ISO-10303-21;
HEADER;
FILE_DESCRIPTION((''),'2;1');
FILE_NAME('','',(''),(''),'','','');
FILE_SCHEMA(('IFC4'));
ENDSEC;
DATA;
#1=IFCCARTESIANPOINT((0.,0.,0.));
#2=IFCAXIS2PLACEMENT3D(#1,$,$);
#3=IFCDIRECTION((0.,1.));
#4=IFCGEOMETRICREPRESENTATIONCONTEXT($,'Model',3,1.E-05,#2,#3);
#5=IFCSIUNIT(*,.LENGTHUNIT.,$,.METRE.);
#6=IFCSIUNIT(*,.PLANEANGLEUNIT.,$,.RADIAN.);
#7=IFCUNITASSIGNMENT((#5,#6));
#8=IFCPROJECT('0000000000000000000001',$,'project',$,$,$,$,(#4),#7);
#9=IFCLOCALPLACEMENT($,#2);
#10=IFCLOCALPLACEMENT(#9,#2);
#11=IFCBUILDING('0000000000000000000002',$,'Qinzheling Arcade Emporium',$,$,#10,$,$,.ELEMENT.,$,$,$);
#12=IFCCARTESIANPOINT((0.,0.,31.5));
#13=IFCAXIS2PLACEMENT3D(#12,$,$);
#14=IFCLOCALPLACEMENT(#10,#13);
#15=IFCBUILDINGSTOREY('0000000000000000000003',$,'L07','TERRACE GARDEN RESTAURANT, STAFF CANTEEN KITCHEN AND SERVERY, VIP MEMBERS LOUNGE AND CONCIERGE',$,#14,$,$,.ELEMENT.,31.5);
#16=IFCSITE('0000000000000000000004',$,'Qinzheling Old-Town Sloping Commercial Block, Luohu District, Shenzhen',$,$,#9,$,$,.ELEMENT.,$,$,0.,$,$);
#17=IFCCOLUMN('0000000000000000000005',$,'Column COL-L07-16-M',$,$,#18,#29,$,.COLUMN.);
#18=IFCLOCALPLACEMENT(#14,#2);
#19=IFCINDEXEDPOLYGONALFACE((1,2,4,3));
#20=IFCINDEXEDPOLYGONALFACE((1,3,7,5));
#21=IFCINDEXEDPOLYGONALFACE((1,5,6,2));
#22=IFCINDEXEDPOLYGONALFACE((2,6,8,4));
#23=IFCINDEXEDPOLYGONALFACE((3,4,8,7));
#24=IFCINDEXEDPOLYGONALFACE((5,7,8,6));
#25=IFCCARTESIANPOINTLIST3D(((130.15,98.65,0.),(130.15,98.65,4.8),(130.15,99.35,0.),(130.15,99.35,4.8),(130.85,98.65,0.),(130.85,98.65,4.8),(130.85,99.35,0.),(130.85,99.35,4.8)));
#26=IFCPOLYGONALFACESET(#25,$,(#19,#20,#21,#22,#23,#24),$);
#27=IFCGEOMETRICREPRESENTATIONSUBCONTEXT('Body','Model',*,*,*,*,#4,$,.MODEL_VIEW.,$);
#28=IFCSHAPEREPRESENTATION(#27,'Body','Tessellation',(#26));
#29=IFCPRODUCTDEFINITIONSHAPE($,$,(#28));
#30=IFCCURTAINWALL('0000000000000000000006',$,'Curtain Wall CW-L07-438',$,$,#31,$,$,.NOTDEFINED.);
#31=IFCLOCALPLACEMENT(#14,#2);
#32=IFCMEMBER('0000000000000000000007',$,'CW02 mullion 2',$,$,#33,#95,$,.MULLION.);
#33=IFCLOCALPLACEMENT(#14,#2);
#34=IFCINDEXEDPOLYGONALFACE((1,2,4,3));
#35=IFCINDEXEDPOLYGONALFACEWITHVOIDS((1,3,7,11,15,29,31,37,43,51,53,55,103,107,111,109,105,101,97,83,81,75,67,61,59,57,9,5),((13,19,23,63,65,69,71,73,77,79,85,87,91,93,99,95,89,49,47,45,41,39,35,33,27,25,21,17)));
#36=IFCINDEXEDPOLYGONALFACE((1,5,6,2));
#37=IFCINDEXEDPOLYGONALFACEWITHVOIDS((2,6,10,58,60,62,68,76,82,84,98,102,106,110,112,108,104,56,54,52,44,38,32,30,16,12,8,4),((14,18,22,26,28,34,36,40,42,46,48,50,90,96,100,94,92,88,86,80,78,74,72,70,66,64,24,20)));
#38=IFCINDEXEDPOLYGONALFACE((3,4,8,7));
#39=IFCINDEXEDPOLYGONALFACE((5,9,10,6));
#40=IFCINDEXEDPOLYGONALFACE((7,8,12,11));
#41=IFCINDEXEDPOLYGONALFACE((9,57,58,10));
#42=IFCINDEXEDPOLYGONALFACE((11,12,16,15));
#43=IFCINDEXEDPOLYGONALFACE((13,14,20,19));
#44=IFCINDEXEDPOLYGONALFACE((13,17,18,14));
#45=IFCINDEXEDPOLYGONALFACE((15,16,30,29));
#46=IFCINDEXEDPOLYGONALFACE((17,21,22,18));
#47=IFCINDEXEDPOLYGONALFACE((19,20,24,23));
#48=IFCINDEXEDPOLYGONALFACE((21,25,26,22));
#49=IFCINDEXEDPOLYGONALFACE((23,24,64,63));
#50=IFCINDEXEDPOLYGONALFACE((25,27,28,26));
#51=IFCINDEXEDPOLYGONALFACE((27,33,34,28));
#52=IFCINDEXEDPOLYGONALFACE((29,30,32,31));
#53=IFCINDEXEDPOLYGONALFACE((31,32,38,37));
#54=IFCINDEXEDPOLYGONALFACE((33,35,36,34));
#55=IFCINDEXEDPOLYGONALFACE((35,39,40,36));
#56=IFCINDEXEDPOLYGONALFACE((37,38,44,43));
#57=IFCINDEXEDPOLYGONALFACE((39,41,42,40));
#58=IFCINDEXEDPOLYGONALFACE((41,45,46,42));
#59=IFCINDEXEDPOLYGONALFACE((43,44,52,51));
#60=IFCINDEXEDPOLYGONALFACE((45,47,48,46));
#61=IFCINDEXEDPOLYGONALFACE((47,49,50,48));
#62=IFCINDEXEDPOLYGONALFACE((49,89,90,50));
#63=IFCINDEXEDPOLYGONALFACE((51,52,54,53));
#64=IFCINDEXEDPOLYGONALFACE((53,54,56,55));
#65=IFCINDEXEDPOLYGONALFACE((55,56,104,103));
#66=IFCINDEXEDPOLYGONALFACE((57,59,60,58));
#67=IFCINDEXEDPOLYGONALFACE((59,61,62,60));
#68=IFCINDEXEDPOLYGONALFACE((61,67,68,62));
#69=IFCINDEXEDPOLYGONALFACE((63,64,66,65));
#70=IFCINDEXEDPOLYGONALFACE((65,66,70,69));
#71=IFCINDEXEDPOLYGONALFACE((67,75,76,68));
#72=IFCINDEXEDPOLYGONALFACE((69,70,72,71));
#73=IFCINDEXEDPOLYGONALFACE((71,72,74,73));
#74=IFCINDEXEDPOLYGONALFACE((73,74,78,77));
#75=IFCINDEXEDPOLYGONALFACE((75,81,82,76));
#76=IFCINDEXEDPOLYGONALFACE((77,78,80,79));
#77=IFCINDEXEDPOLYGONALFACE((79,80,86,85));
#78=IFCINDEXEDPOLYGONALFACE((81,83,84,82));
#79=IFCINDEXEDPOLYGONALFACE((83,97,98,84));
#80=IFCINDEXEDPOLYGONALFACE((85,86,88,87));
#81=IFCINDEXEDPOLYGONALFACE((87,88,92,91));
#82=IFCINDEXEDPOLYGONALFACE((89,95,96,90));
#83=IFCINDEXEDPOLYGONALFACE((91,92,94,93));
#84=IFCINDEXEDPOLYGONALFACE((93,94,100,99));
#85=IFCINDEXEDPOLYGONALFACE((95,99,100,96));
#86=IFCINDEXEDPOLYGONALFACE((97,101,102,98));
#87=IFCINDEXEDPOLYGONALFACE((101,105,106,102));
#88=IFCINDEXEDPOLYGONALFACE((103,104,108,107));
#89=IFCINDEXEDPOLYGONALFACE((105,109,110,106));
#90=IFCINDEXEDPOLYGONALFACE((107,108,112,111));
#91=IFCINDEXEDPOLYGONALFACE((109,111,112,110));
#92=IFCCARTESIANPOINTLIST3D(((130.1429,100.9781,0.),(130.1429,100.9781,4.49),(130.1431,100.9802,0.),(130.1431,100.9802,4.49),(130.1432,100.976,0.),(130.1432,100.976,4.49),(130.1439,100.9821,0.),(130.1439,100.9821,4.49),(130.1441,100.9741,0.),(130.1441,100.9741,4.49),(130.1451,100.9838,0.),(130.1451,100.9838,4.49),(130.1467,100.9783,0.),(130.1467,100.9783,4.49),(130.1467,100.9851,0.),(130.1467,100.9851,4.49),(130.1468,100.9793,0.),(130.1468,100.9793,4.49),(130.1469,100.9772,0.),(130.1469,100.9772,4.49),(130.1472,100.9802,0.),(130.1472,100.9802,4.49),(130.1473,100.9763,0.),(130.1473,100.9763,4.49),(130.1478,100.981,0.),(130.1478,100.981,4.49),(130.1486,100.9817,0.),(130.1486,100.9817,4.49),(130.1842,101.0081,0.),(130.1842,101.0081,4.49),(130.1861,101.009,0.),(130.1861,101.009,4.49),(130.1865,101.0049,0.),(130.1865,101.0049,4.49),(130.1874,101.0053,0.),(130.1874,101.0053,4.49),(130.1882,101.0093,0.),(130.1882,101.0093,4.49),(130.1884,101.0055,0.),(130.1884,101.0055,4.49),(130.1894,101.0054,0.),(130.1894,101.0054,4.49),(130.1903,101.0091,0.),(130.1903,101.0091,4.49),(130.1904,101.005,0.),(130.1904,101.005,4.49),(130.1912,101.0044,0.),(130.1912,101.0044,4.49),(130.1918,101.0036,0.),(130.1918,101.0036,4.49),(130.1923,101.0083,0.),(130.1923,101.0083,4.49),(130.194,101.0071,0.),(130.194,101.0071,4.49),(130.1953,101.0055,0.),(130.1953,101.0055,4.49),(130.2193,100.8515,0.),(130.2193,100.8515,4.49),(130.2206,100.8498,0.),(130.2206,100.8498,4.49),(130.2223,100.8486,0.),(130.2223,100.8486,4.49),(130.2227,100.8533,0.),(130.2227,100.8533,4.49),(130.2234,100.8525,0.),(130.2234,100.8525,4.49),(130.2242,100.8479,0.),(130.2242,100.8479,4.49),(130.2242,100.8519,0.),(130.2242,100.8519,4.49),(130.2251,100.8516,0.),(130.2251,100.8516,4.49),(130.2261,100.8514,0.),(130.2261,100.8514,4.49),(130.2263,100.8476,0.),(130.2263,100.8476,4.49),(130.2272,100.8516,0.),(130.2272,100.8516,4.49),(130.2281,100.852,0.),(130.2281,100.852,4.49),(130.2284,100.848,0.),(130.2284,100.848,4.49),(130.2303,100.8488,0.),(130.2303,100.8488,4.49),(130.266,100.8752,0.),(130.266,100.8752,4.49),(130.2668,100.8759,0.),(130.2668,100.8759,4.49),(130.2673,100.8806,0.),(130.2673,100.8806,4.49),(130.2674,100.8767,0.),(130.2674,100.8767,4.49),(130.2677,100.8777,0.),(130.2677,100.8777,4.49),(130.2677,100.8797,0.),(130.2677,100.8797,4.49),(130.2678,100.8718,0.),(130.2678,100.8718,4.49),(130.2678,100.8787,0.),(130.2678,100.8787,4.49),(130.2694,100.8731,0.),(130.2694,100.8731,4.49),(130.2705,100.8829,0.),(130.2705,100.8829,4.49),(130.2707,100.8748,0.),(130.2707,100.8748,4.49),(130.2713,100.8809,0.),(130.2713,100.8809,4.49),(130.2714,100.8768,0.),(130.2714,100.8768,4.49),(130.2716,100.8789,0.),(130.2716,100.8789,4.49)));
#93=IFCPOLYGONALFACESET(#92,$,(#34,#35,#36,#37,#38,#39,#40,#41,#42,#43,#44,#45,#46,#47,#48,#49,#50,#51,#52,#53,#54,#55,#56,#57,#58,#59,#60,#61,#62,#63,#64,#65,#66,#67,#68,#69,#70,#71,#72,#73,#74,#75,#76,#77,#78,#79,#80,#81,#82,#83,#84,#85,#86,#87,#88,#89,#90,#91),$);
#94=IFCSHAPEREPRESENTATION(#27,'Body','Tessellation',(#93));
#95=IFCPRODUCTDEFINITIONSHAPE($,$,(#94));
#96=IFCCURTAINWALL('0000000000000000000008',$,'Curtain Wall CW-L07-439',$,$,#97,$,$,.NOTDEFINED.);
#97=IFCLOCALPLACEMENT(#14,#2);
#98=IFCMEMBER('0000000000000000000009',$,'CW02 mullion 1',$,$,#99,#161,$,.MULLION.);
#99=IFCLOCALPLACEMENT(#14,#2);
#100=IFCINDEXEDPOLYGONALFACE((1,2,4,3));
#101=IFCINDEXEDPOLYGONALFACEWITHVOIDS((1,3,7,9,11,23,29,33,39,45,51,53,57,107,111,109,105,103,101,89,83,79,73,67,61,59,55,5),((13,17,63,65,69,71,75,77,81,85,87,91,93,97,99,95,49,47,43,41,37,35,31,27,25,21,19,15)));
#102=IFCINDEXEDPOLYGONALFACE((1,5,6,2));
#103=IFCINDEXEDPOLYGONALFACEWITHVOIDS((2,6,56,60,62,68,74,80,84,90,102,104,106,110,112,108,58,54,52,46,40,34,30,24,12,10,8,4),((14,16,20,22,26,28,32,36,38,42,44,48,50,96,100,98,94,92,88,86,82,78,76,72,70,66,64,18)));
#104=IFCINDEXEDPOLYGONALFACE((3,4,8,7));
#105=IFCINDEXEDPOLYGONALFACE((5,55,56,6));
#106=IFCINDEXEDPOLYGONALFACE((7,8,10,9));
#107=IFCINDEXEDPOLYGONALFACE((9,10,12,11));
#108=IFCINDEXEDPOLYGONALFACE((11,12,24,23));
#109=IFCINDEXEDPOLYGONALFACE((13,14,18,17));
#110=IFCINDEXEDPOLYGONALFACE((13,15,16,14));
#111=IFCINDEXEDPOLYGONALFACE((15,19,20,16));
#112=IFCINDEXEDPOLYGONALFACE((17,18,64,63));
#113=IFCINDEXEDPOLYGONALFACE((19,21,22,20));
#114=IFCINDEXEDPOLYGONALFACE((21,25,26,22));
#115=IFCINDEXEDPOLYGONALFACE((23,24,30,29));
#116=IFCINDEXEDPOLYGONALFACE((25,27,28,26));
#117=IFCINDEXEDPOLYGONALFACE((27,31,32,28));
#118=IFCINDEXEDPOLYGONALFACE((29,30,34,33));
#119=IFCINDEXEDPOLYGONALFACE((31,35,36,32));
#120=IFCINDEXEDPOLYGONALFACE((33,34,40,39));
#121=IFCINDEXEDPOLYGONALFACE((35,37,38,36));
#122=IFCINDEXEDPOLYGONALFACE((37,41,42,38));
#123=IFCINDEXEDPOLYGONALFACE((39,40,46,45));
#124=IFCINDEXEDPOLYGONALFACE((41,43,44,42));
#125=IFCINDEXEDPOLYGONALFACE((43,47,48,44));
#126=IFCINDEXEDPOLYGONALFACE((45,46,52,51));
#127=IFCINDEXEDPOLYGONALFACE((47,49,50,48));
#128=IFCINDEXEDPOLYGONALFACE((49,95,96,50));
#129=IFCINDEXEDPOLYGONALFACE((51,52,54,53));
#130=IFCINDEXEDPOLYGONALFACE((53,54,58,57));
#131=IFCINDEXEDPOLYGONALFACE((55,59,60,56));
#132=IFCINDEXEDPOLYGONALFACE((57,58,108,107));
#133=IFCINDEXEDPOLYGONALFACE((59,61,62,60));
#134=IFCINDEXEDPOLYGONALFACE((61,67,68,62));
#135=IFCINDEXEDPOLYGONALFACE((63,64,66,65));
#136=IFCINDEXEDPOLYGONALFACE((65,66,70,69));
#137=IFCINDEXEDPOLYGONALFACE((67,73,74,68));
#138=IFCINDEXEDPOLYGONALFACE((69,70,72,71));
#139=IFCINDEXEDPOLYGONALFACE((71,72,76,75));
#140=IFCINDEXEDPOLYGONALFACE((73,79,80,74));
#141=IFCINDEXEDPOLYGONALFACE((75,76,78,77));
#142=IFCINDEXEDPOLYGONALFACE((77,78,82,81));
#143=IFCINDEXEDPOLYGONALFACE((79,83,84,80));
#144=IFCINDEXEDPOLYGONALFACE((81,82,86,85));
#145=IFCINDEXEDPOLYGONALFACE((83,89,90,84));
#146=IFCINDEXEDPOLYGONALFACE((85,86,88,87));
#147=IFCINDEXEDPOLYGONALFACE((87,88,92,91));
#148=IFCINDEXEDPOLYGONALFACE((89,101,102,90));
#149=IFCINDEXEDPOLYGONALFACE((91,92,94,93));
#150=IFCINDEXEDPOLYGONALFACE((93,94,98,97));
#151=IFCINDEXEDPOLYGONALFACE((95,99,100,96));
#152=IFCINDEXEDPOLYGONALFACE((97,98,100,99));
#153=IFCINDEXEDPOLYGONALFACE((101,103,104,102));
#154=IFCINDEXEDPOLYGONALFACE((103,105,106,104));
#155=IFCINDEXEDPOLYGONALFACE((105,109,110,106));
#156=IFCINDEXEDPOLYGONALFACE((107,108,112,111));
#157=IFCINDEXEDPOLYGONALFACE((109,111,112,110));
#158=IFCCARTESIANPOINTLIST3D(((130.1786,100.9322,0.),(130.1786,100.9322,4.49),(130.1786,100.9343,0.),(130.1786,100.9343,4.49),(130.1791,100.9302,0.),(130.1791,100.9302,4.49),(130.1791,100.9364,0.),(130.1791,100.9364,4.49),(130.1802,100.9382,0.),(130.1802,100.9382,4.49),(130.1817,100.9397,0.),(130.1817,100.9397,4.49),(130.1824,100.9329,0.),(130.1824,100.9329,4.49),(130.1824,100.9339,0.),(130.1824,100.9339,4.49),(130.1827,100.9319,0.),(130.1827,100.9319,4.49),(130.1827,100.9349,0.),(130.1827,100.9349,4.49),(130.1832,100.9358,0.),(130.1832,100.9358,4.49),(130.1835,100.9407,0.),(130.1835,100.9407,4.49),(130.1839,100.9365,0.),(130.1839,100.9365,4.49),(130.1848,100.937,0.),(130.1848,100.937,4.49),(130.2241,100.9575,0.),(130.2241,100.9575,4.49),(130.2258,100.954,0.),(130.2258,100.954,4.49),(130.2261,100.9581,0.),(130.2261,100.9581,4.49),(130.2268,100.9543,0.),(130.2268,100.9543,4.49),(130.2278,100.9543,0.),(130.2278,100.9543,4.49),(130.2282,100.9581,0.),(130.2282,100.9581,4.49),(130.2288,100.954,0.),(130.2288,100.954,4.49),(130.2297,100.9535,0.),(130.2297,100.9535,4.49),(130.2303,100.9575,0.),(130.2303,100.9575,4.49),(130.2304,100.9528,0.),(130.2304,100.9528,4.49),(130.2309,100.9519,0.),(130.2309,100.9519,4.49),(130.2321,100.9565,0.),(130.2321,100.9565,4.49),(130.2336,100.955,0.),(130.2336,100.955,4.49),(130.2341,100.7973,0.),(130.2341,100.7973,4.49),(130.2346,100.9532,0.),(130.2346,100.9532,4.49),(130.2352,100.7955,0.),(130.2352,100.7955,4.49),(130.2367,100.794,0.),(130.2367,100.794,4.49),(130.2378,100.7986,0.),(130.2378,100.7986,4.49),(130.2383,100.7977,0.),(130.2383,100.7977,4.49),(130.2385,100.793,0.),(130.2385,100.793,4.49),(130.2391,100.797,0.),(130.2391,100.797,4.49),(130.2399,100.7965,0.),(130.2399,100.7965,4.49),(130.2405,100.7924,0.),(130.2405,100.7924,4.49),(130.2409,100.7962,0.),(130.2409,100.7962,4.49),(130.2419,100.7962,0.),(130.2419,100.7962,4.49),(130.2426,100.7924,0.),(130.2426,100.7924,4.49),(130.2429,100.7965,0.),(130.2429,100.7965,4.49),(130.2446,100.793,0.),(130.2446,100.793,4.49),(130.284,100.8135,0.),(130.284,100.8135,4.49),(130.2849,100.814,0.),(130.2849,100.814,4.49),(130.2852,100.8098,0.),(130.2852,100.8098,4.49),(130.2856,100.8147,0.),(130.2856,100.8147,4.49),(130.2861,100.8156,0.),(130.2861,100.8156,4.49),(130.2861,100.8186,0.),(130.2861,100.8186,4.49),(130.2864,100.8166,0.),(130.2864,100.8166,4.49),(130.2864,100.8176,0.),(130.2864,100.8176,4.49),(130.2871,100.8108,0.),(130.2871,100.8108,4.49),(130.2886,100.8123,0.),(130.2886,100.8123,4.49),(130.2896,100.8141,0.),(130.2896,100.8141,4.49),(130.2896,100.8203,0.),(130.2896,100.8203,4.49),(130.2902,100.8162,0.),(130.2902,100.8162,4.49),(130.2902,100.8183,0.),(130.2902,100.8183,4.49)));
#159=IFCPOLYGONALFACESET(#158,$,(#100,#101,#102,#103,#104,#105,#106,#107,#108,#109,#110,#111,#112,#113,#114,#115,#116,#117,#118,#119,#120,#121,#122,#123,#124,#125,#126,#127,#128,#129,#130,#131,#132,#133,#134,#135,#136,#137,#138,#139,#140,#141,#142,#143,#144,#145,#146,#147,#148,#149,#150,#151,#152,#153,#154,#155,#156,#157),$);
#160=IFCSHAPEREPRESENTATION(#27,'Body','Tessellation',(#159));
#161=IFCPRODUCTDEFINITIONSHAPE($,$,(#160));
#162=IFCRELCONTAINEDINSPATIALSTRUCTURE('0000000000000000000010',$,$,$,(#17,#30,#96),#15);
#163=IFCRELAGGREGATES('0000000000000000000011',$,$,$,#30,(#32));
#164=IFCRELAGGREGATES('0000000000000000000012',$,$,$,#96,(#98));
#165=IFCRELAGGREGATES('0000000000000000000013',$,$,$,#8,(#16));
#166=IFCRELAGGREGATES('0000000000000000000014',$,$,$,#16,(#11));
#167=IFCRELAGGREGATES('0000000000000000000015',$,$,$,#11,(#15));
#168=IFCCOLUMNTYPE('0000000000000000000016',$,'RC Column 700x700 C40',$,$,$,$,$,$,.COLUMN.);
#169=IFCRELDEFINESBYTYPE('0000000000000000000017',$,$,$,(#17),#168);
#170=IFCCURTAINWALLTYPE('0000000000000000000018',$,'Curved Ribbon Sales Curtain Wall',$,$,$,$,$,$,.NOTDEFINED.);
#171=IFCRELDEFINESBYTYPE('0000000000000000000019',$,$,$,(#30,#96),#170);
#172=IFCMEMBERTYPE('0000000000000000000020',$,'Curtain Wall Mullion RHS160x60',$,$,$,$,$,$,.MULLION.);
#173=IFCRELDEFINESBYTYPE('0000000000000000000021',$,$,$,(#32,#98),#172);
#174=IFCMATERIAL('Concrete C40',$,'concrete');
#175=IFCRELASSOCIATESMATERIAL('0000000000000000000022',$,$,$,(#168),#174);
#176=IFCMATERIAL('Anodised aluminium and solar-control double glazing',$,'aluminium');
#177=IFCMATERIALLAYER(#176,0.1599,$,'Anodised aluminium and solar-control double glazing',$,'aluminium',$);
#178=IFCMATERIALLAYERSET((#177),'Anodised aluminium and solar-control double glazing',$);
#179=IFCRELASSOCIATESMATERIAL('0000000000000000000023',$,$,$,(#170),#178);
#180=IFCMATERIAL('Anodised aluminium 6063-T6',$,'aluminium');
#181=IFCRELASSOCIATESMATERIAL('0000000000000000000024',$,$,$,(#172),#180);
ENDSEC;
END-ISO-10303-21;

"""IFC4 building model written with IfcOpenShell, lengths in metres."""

from ifc_helpers import new_model, si_unit, direction, frame, origin, origin_2d, place, context, subcontext, project, spatial, rectangle, hollow_rectangle, extrude, material, layer, layer_set, material_profile, profile_set, type_object, element, aggregate, save


model = new_model("IFC4")

# Units and contexts
model_context = context("Model", 3, precision=1e-05, world=origin(), true_north=direction((0.0, 1.0)))
body_context = subcontext(model_context, "Body", "Model", "MODEL_VIEW")
ifc_project = project(units=[si_unit("LENGTHUNIT", "METRE"), si_unit("PLANEANGLEUNIT", "RADIAN")], contexts=[model_context])

# Site, building, storey
site_placement = place(None, origin())
site = spatial("IfcSite", under=ifc_project, at=site_placement, Name="Qinzheling Old-Town Sloping Commercial Block, Luohu District, Shenzhen", CompositionType="ELEMENT", RefElevation=0.0)
building_placement = place(site_placement, origin())
building = spatial("IfcBuilding", under=site, at=building_placement, Name="Qinzheling Arcade Emporium", CompositionType="ELEMENT")
storey_placement = place(building_placement, frame((0.0, 0.0, 31.5)))
storey = spatial("IfcBuildingStorey", under=building, at=storey_placement, Name="L07", Description="TERRACE GARDEN RESTAURANT, STAFF CANTEEN KITCHEN AND SERVERY, VIP MEMBERS LOUNGE AND CONCIERGE", CompositionType="ELEMENT", Elevation=31.5)

# Column
ifc_material_1 = material(Name="Concrete C40", Category="concrete")
ifc_material_profile_1 = material_profile(ifc_material_1, rectangle(XDim=0.7, YDim=0.7, at=origin_2d()), Name="RC 700x700", Category="concrete")
ifc_profile_set_1 = profile_set([ifc_material_profile_1], Name="Concrete C40")
column_type = type_object("IfcColumnType", Name="RC Column 700x700 C40", PredefinedType="COLUMN", material=ifc_profile_set_1)
column_placement = place(storey_placement, frame((130.5, 99.0, 0.0), z_axis=(0.0, 0.0, 1.0), x_axis=(1.0, 0.0, 0.0)))
element("IfcColumn", 1, at=column_placement, inside=storey, type_object=column_type, Name="Column COL-L07-16-M", PredefinedType="COLUMN", context=body_context, shape_type="SweptSolid", body=[
    extrude(rectangle(XDim=0.7, YDim=0.7, at=origin_2d()), origin(), (0.0, 0.0, 1.0), 4.8),
])

# Curtain wall, member
ifc_material_2 = material(Name="Anodised aluminium and solar-control double glazing", Category="aluminium")
ifc_layer_1 = layer(ifc_material_2, 0.1599, Name="Anodised aluminium and solar-control double glazing", Category="aluminium")
ifc_layer_set_1 = layer_set([ifc_layer_1], Name="Anodised aluminium and solar-control double glazing")
curtain_wall_type = type_object("IfcCurtainWallType", Name="Curved Ribbon Sales Curtain Wall", PredefinedType="NOTDEFINED", material=ifc_layer_set_1)
curtain_wall_1_placement = place(storey_placement, origin())
curtain_wall_1 = element("IfcCurtainWall", 2, at=curtain_wall_1_placement, inside=storey, type_object=curtain_wall_type, Name="Curtain Wall CW-L07-438", PredefinedType="NOTDEFINED")
ifc_material_3 = material(Name="Anodised aluminium 6063-T6", Category="aluminium")
ifc_material_profile_2 = material_profile(ifc_material_3, hollow_rectangle(XDim=0.0601, YDim=0.1599, WallThickness=0.0039, InnerFilletRadius=0.0039, OuterFilletRadius=0.0081, at=origin_2d()), Name="RHS 160x60x4", Category="aluminium")
ifc_profile_set_2 = profile_set([ifc_material_profile_2], Name="Anodised aluminium 6063-T6")
member_type_1 = type_object("IfcMemberType", Name="Curtain Wall Mullion RHS160x60", PredefinedType="MULLION", material=ifc_profile_set_2)
member_1_placement = place(storey_placement, frame((130.2073, 100.9285, 0.0), z_axis=(0.0, 0.0, 1.0), x_axis=(0.852508, 0.522714, 0.0)))
member_1 = element("IfcMember", 3, at=member_1_placement, type_object=member_type_1, Name="CW02 mullion 2", PredefinedType="MULLION", context=body_context, shape_type="SweptSolid", body=[
    extrude(hollow_rectangle(XDim=0.0601, YDim=0.1599, WallThickness=0.0039, InnerFilletRadius=0.0039, OuterFilletRadius=0.0081, at=origin_2d()), origin(), (0.0, 0.0, 1.0), 4.49),
])

# Curtain wall, member
curtain_wall_2_placement = place(storey_placement, origin())
curtain_wall_2 = element("IfcCurtainWall", 4, at=curtain_wall_2_placement, inside=storey, type_object=curtain_wall_type, Name="Curtain Wall CW-L07-439", PredefinedType="NOTDEFINED")
member_2_placement = place(storey_placement, frame((130.2344, 100.8752, 0.0), z_axis=(0.0, 0.0, 1.0), x_axis=(0.924017, 0.382352, 0.0)))
member_2 = element("IfcMember", 5, at=member_2_placement, type_object=member_type_1, Name="CW02 mullion 1", PredefinedType="MULLION", context=body_context, shape_type="SweptSolid", body=[
    extrude(hollow_rectangle(XDim=0.0601, YDim=0.1599, WallThickness=0.0039, InnerFilletRadius=0.0039, OuterFilletRadius=0.0081, at=origin_2d()), origin(), (0.0, 0.0, 1.0), 4.49),
])

aggregate(curtain_wall_1, [member_1])
aggregate(curtain_wall_2, [member_2])

save(model, "model.ifc")
